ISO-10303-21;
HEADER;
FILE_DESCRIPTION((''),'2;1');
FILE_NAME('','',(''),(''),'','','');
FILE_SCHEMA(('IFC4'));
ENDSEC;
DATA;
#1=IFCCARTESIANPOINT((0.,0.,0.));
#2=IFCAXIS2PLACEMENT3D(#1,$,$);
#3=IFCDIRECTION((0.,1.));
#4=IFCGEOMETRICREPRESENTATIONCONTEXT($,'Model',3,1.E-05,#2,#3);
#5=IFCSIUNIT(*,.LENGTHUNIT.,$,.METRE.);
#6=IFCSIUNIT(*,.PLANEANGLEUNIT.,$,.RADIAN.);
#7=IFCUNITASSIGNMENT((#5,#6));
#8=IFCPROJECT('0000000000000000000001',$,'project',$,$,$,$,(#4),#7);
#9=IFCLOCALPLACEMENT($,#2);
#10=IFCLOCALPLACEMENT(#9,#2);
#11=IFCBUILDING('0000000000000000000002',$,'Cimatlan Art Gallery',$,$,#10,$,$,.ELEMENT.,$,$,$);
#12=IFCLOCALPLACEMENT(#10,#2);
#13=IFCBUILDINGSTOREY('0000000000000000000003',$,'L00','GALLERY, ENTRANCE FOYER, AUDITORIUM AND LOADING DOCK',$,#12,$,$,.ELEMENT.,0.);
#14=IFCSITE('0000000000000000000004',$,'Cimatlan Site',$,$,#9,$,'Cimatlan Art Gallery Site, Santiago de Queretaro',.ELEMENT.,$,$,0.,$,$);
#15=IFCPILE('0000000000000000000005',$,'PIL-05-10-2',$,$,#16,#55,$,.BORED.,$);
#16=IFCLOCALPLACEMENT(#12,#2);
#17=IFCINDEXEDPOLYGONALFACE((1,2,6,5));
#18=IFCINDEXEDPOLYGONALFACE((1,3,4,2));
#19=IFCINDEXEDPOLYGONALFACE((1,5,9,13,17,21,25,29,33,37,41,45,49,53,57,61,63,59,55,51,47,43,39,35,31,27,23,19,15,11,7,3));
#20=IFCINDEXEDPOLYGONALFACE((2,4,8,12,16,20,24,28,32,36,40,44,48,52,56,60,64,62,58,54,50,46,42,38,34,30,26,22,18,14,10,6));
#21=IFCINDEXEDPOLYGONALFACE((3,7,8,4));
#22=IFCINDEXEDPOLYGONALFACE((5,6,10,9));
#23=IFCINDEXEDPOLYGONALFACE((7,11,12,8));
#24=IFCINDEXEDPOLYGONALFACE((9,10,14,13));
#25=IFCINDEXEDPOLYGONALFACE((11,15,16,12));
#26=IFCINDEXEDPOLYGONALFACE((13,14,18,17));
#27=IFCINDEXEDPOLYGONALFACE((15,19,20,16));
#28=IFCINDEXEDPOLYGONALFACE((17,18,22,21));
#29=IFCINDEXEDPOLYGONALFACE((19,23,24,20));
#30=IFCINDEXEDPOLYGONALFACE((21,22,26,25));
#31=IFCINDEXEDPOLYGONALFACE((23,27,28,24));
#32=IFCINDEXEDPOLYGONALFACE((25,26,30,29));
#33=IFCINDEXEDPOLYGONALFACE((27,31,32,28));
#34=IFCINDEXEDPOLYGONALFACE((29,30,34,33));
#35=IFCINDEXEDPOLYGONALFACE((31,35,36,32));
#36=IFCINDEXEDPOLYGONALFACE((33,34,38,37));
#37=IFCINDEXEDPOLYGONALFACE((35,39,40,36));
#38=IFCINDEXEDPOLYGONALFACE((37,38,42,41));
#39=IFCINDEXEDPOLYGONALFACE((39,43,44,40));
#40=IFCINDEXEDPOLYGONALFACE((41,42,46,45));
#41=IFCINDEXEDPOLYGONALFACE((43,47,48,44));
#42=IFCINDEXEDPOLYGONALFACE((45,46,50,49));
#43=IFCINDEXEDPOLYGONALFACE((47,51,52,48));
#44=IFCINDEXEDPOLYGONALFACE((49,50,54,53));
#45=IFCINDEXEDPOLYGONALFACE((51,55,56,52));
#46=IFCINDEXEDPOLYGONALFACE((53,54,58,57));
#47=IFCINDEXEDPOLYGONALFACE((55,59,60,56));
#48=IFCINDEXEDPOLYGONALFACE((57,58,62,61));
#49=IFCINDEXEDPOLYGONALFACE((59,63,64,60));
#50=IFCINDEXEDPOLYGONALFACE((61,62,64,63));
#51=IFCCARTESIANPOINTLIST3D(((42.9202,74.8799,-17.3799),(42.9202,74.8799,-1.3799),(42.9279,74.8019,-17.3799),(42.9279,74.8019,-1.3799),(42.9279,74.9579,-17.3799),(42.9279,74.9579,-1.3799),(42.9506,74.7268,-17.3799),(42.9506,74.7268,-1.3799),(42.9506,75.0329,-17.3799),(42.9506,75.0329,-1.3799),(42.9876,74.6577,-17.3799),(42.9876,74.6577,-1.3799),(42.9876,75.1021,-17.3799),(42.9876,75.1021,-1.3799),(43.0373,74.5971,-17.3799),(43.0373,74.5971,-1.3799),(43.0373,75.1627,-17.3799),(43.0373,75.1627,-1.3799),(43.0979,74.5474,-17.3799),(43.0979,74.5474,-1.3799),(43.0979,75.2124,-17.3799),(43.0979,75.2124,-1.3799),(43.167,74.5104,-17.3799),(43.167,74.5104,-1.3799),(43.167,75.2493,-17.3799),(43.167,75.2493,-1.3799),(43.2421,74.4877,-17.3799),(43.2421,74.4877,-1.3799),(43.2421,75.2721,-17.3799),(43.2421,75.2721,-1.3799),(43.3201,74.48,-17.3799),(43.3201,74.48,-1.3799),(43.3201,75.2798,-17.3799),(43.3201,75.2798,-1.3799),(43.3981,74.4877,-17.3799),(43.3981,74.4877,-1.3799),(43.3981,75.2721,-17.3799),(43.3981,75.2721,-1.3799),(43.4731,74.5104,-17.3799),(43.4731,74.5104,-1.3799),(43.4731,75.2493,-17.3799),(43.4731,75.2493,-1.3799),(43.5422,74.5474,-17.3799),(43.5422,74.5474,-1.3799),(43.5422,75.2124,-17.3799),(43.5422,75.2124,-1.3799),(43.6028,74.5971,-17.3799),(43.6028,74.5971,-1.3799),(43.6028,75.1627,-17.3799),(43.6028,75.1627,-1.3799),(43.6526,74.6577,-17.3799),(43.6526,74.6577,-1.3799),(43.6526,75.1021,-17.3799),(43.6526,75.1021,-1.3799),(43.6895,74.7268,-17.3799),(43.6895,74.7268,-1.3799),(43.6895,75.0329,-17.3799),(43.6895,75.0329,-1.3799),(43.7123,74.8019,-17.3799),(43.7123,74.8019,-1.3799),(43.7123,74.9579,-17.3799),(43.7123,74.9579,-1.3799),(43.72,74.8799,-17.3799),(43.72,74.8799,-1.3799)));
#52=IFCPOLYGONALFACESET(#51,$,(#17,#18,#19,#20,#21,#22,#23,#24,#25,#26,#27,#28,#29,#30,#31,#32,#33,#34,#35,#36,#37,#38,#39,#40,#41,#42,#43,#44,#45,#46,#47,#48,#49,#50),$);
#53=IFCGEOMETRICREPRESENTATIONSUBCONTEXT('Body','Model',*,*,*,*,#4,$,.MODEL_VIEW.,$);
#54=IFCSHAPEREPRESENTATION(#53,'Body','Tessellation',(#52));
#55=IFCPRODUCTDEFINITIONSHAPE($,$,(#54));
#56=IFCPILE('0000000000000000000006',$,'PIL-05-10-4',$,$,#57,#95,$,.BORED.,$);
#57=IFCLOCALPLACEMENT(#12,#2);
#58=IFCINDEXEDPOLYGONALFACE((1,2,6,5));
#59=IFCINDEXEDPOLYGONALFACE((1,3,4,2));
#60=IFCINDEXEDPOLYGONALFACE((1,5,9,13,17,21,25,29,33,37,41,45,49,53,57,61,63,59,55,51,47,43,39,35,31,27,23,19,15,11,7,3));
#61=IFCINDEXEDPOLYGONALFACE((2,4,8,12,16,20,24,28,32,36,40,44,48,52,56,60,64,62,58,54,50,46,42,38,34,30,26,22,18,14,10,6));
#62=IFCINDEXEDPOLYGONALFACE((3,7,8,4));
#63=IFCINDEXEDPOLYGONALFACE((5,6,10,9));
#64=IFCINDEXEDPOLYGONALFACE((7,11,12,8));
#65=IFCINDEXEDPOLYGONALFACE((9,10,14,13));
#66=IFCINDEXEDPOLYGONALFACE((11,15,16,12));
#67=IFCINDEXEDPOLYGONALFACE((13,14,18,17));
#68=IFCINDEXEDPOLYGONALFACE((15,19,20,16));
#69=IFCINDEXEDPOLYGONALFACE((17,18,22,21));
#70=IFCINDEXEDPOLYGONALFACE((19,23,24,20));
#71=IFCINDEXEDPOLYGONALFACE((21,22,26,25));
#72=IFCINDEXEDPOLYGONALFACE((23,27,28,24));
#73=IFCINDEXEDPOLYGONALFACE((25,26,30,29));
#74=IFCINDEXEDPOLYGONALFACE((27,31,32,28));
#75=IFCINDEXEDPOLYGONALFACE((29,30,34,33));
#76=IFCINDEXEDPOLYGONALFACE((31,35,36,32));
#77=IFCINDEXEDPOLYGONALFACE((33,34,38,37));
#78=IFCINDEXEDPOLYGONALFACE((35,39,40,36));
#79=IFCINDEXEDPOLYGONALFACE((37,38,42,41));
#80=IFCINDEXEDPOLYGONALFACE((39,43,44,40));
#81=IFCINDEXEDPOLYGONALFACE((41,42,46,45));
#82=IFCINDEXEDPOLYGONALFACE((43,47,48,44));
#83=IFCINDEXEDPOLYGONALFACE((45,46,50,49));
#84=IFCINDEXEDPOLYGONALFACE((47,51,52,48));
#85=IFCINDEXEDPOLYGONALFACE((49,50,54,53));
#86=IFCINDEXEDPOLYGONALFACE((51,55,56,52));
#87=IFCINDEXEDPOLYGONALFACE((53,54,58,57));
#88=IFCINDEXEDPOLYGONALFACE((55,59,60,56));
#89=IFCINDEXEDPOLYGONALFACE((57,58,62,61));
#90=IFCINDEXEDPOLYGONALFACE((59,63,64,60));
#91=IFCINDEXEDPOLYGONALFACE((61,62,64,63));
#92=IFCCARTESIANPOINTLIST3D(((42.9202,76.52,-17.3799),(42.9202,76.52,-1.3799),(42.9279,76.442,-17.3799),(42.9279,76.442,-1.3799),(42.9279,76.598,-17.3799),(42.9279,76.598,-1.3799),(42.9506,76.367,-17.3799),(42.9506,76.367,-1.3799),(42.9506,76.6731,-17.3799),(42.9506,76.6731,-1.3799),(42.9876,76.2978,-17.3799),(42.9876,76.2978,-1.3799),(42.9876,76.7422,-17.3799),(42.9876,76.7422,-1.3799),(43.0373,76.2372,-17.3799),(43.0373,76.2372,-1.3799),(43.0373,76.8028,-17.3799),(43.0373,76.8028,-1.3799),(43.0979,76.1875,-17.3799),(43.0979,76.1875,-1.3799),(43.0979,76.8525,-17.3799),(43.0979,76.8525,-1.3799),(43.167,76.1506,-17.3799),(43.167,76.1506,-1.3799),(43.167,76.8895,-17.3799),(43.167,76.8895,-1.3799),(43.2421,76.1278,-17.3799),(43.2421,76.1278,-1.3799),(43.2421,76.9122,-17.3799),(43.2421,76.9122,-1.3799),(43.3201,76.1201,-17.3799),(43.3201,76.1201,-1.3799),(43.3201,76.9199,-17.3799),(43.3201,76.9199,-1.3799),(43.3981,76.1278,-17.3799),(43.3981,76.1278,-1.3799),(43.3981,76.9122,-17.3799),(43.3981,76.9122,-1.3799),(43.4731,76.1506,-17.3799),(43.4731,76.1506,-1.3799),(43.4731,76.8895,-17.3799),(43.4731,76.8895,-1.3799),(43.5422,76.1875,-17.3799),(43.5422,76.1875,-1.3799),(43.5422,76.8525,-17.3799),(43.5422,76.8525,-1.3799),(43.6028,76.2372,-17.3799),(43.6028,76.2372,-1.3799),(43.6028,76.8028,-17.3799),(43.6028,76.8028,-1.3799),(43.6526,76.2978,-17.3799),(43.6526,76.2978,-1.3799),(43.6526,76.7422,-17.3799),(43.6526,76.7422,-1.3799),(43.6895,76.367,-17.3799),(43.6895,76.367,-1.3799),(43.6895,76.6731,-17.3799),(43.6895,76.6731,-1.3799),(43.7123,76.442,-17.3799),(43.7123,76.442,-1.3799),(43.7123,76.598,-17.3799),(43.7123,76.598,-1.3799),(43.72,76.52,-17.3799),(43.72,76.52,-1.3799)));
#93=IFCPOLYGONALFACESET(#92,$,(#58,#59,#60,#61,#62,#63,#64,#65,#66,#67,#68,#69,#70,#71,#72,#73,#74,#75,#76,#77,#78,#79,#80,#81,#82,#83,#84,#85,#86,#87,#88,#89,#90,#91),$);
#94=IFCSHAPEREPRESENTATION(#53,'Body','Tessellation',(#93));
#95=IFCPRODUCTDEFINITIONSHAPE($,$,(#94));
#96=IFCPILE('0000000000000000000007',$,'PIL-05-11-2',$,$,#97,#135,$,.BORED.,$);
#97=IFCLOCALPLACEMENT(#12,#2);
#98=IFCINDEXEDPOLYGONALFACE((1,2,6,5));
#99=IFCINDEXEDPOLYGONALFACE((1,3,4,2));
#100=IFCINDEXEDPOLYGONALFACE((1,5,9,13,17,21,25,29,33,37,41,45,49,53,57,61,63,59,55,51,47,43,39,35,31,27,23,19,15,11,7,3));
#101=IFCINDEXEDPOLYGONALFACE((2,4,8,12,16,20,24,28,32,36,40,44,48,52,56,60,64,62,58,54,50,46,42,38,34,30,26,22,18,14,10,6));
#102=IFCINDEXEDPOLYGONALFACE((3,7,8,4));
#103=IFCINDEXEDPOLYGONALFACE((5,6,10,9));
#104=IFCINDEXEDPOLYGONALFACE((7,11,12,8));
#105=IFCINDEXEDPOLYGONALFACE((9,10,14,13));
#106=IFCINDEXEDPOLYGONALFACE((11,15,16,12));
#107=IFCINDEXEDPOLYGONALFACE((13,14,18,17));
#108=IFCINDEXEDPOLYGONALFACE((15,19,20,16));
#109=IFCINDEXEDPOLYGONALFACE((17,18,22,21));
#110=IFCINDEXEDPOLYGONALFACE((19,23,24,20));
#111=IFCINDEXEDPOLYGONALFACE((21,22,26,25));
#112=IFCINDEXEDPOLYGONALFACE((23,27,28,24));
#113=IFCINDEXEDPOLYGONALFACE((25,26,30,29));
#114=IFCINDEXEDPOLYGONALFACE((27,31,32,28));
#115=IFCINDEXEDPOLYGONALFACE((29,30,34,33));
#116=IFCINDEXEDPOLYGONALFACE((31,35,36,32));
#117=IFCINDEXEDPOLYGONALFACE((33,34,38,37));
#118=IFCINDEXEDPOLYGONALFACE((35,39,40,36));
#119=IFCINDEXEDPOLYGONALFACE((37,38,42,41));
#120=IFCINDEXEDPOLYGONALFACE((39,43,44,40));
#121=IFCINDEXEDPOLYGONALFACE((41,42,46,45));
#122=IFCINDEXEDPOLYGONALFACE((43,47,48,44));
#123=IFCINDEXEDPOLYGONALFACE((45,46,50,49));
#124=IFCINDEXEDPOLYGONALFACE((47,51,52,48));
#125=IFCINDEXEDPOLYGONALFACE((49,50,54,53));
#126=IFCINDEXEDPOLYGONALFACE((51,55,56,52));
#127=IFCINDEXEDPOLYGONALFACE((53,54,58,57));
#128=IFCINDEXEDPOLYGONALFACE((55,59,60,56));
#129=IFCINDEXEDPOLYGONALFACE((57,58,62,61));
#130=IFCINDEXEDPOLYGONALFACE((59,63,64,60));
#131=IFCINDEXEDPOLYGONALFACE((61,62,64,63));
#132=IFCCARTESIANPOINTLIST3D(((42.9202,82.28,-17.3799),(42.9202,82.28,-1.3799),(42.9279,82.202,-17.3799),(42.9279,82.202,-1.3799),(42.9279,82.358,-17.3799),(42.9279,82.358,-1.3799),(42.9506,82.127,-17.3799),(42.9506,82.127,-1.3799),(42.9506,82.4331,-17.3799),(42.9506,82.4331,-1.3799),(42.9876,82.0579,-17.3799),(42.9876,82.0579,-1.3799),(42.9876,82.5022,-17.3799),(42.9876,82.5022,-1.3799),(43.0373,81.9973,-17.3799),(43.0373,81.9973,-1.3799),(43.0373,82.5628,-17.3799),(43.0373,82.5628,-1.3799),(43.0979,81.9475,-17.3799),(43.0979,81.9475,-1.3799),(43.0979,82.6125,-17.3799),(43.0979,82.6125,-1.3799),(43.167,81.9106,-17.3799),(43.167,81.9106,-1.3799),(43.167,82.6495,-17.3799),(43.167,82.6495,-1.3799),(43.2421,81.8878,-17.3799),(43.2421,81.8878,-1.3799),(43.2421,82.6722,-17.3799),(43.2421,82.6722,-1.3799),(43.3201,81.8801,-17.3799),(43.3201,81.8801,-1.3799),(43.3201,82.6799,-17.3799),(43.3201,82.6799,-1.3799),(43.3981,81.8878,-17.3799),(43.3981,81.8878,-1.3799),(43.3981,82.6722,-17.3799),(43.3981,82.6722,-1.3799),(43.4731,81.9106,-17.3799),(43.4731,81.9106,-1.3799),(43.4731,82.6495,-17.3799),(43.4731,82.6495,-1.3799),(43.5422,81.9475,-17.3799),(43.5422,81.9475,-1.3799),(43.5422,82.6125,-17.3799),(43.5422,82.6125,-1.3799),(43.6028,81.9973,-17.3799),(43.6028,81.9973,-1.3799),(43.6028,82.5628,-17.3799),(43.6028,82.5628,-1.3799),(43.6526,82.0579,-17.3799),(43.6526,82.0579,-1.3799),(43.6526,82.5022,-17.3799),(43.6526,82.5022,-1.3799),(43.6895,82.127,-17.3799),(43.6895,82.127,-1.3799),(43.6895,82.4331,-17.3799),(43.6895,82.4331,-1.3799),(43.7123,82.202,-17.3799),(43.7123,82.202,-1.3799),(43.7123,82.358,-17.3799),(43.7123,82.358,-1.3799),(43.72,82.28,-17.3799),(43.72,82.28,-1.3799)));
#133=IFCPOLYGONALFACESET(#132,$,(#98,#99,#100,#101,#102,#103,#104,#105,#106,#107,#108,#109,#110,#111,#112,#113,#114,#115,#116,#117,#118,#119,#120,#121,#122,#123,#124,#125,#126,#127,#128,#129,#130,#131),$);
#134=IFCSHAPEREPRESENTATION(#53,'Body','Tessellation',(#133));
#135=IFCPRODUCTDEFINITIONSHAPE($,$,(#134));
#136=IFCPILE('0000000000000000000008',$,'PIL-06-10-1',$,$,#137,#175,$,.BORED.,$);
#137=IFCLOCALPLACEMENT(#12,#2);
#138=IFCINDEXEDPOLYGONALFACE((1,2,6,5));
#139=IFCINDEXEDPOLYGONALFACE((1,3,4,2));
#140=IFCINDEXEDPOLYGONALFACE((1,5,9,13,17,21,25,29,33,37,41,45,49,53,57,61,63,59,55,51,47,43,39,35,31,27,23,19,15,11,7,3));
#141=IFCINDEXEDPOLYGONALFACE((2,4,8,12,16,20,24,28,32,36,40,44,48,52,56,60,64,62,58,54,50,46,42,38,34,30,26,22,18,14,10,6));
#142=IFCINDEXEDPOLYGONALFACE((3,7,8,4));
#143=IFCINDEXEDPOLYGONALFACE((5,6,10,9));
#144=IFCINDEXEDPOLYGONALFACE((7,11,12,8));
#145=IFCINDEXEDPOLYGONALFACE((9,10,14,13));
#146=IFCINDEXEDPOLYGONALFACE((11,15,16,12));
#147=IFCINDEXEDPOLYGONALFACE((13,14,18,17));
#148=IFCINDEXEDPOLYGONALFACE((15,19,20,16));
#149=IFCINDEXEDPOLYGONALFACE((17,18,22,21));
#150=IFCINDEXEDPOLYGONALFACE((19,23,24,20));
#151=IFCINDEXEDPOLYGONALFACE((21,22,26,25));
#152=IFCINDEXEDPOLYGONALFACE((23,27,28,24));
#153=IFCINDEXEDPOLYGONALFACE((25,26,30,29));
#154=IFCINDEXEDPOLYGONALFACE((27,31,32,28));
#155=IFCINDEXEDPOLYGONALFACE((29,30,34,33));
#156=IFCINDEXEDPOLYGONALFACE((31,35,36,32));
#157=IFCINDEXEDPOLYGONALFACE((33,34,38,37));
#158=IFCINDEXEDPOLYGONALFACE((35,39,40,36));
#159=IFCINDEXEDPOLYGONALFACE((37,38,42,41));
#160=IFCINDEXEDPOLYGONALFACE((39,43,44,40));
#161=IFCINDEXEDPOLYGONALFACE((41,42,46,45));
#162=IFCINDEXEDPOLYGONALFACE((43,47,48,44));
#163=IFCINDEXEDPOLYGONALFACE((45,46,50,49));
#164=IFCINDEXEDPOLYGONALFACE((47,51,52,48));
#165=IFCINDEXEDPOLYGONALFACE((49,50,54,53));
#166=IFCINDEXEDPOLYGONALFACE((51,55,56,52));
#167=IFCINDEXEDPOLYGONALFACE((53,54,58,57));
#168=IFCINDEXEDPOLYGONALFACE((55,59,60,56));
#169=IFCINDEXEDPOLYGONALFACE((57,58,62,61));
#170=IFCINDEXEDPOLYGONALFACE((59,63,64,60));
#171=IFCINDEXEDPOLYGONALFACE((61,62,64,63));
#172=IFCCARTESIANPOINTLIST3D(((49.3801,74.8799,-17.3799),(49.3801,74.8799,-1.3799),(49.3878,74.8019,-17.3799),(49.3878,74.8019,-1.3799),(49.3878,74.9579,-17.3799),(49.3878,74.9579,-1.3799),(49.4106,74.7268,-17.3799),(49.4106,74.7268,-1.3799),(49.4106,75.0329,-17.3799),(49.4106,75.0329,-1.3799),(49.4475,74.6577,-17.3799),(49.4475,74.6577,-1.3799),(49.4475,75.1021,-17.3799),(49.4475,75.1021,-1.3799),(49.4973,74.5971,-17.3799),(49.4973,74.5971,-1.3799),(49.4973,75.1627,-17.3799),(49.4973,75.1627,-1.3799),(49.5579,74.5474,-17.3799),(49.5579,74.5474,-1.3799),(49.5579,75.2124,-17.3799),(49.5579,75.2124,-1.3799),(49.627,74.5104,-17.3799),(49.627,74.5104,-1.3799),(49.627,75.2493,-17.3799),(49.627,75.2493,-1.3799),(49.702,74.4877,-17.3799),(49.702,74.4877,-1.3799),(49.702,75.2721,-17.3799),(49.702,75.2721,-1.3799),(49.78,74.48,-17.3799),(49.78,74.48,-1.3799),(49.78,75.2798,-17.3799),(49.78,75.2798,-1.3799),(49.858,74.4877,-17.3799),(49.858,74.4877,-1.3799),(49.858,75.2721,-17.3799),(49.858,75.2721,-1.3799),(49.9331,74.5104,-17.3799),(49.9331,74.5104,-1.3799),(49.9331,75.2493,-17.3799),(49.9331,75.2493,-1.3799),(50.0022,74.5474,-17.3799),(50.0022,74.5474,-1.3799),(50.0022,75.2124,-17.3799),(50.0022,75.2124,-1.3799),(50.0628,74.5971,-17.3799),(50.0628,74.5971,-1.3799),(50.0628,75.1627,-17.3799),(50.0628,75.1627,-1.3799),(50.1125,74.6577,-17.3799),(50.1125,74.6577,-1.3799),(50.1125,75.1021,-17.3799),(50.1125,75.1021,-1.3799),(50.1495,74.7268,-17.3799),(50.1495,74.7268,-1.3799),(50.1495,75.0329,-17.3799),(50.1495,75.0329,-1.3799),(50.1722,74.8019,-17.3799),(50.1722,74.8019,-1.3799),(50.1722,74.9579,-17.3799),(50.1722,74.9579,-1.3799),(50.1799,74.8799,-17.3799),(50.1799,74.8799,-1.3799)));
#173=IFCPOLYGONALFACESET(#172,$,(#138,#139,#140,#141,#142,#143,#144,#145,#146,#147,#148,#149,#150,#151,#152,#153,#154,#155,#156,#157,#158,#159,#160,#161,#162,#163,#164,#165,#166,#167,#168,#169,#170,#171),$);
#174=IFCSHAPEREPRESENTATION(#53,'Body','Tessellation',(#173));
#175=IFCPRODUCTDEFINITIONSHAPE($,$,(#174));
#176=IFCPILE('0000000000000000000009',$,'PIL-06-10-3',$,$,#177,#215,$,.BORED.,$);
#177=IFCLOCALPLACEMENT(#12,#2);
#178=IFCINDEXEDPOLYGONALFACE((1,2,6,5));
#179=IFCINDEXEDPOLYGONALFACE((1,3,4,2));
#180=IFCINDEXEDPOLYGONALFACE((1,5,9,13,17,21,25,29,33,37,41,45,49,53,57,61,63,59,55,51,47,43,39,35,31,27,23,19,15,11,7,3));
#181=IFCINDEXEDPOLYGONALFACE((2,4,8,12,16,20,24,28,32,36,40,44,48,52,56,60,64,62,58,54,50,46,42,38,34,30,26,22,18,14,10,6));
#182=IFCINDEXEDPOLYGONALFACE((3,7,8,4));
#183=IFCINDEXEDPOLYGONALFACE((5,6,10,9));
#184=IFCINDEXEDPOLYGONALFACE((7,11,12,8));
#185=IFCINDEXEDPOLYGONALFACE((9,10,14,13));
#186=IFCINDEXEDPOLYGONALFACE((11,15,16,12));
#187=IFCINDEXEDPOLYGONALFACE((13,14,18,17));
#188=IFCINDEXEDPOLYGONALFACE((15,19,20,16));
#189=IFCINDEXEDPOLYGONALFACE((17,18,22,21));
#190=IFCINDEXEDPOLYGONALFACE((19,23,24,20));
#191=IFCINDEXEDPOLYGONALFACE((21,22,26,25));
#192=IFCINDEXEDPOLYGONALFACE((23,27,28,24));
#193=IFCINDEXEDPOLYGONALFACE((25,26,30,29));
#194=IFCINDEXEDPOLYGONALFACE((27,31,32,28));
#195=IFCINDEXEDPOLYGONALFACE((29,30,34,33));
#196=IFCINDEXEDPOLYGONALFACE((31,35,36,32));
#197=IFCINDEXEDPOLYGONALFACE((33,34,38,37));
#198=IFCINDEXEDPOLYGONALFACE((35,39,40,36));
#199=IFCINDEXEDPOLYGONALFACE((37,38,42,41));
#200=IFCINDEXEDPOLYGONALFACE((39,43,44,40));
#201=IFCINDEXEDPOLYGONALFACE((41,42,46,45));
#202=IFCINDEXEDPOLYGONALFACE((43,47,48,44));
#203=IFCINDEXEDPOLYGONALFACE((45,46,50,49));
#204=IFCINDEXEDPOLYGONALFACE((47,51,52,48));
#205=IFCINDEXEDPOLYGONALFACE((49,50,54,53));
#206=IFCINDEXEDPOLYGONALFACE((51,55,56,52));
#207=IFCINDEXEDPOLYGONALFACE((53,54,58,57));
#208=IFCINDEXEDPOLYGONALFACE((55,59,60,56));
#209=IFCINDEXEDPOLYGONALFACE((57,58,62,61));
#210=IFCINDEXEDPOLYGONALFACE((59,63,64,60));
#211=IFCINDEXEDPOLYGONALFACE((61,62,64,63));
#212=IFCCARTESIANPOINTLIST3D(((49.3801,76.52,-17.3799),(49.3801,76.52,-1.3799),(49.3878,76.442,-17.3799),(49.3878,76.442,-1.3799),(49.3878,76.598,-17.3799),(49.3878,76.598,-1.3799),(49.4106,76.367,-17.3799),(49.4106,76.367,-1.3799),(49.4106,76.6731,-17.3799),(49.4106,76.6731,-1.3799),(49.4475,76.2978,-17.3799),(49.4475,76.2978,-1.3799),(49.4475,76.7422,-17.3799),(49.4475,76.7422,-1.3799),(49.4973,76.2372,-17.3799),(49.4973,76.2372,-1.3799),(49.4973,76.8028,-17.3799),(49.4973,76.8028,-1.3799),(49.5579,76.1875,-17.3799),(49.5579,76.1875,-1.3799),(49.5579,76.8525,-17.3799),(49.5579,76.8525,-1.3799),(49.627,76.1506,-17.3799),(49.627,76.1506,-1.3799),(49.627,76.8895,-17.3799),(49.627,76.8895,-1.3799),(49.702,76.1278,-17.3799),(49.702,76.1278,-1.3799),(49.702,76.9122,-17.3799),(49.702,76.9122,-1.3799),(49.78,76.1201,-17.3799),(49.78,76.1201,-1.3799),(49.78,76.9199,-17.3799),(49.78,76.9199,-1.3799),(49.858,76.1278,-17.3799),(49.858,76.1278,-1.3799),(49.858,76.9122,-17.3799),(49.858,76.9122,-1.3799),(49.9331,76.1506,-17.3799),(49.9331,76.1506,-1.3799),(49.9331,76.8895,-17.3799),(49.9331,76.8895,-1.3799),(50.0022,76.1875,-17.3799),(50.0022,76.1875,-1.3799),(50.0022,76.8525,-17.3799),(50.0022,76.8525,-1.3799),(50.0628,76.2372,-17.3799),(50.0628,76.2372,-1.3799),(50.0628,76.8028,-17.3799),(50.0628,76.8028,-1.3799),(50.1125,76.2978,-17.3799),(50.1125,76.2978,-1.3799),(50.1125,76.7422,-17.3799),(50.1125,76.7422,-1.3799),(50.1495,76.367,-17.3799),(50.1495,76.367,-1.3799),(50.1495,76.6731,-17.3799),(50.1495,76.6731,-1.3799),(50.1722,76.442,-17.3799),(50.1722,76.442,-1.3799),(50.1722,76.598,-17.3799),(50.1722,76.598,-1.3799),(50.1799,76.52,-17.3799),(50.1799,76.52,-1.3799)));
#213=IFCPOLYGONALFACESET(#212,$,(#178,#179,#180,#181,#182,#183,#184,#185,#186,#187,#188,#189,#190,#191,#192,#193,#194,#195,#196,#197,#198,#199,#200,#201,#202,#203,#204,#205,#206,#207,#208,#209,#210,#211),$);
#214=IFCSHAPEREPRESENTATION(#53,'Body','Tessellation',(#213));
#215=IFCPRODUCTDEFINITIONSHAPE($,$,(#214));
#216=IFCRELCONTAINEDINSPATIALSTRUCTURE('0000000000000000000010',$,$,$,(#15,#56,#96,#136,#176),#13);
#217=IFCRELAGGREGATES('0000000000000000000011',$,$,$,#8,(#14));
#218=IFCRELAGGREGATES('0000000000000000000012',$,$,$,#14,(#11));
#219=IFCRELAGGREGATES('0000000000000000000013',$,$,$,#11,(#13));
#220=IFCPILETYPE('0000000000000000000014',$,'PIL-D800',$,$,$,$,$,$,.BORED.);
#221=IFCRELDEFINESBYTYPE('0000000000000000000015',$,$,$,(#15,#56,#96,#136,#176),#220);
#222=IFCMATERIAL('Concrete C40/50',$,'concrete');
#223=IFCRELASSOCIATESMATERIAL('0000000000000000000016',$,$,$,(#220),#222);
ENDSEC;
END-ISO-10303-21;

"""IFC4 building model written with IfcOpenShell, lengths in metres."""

from ifc_helpers import new_model, si_unit, direction, frame, origin, origin_2d, place, context, subcontext, project, spatial, circle, extrude, material, type_object, element, save


model = new_model("IFC4")

# Units and contexts
model_context = context("Model", 3, precision=1e-05, world=origin(), true_north=direction((0.0, 1.0)))
body_context = subcontext(model_context, "Body", "Model", "MODEL_VIEW")
ifc_project = project(units=[si_unit("LENGTHUNIT", "METRE"), si_unit("PLANEANGLEUNIT", "RADIAN")], contexts=[model_context])

# Site, building, storey
site_placement = place(None, origin())
site = spatial("IfcSite", under=ifc_project, at=site_placement, Name="Cimatlan Site", LongName="Cimatlan Art Gallery Site, Santiago de Queretaro", CompositionType="ELEMENT", RefElevation=0.0)
building_placement = place(site_placement, origin())
building = spatial("IfcBuilding", under=site, at=building_placement, Name="Cimatlan Art Gallery", CompositionType="ELEMENT")
storey_placement = place(building_placement, origin())
storey = spatial("IfcBuildingStorey", under=building, at=storey_placement, Name="L00", Description="GALLERY, ENTRANCE FOYER, AUDITORIUM AND LOADING DOCK", CompositionType="ELEMENT", Elevation=0.0)

# Piles
ifc_material_1 = material(Name="Concrete C40/50", Category="concrete")
pile_type = type_object("IfcPileType", Name="PIL-D800", PredefinedType="BORED", material=ifc_material_1)
for number, where, z_axis, x_axis, name in (
    (1, (43.3201, 74.8799, -1.3799), (0.0, 0.0, -1.0), (1.0, 0.0, 0.0), "PIL-05-10-2"),
    (2, (43.3201, 76.52, -1.3799), (0.0, 0.0, -1.0), (1.0, 0.0, 0.0), "PIL-05-10-4"),
    (3, (43.3201, 82.28, -1.3799), (0.0, 0.0, -1.0), (1.0, 0.0, 0.0), "PIL-05-11-2"),
    (4, (49.78, 74.8799, -1.3799), (0.0, 0.0, -1.0), (1.0, 0.0, 0.0), "PIL-06-10-1"),
    (5, (49.78, 76.52, -1.3799), (0.0, 0.0, -1.0), (1.0, 0.0, 0.0), "PIL-06-10-3"),
):
    element("IfcPile", number, at=place(storey_placement, frame(where, z_axis=z_axis, x_axis=x_axis)), inside=storey, type_object=pile_type, Name=name, PredefinedType="BORED", context=body_context, shape_type="SweptSolid", body=[
        extrude(circle(Radius=0.3999, at=origin_2d()), origin(), (0.0, 0.0, 1.0), 16.0),
    ])

save(model, "model.ifc")
